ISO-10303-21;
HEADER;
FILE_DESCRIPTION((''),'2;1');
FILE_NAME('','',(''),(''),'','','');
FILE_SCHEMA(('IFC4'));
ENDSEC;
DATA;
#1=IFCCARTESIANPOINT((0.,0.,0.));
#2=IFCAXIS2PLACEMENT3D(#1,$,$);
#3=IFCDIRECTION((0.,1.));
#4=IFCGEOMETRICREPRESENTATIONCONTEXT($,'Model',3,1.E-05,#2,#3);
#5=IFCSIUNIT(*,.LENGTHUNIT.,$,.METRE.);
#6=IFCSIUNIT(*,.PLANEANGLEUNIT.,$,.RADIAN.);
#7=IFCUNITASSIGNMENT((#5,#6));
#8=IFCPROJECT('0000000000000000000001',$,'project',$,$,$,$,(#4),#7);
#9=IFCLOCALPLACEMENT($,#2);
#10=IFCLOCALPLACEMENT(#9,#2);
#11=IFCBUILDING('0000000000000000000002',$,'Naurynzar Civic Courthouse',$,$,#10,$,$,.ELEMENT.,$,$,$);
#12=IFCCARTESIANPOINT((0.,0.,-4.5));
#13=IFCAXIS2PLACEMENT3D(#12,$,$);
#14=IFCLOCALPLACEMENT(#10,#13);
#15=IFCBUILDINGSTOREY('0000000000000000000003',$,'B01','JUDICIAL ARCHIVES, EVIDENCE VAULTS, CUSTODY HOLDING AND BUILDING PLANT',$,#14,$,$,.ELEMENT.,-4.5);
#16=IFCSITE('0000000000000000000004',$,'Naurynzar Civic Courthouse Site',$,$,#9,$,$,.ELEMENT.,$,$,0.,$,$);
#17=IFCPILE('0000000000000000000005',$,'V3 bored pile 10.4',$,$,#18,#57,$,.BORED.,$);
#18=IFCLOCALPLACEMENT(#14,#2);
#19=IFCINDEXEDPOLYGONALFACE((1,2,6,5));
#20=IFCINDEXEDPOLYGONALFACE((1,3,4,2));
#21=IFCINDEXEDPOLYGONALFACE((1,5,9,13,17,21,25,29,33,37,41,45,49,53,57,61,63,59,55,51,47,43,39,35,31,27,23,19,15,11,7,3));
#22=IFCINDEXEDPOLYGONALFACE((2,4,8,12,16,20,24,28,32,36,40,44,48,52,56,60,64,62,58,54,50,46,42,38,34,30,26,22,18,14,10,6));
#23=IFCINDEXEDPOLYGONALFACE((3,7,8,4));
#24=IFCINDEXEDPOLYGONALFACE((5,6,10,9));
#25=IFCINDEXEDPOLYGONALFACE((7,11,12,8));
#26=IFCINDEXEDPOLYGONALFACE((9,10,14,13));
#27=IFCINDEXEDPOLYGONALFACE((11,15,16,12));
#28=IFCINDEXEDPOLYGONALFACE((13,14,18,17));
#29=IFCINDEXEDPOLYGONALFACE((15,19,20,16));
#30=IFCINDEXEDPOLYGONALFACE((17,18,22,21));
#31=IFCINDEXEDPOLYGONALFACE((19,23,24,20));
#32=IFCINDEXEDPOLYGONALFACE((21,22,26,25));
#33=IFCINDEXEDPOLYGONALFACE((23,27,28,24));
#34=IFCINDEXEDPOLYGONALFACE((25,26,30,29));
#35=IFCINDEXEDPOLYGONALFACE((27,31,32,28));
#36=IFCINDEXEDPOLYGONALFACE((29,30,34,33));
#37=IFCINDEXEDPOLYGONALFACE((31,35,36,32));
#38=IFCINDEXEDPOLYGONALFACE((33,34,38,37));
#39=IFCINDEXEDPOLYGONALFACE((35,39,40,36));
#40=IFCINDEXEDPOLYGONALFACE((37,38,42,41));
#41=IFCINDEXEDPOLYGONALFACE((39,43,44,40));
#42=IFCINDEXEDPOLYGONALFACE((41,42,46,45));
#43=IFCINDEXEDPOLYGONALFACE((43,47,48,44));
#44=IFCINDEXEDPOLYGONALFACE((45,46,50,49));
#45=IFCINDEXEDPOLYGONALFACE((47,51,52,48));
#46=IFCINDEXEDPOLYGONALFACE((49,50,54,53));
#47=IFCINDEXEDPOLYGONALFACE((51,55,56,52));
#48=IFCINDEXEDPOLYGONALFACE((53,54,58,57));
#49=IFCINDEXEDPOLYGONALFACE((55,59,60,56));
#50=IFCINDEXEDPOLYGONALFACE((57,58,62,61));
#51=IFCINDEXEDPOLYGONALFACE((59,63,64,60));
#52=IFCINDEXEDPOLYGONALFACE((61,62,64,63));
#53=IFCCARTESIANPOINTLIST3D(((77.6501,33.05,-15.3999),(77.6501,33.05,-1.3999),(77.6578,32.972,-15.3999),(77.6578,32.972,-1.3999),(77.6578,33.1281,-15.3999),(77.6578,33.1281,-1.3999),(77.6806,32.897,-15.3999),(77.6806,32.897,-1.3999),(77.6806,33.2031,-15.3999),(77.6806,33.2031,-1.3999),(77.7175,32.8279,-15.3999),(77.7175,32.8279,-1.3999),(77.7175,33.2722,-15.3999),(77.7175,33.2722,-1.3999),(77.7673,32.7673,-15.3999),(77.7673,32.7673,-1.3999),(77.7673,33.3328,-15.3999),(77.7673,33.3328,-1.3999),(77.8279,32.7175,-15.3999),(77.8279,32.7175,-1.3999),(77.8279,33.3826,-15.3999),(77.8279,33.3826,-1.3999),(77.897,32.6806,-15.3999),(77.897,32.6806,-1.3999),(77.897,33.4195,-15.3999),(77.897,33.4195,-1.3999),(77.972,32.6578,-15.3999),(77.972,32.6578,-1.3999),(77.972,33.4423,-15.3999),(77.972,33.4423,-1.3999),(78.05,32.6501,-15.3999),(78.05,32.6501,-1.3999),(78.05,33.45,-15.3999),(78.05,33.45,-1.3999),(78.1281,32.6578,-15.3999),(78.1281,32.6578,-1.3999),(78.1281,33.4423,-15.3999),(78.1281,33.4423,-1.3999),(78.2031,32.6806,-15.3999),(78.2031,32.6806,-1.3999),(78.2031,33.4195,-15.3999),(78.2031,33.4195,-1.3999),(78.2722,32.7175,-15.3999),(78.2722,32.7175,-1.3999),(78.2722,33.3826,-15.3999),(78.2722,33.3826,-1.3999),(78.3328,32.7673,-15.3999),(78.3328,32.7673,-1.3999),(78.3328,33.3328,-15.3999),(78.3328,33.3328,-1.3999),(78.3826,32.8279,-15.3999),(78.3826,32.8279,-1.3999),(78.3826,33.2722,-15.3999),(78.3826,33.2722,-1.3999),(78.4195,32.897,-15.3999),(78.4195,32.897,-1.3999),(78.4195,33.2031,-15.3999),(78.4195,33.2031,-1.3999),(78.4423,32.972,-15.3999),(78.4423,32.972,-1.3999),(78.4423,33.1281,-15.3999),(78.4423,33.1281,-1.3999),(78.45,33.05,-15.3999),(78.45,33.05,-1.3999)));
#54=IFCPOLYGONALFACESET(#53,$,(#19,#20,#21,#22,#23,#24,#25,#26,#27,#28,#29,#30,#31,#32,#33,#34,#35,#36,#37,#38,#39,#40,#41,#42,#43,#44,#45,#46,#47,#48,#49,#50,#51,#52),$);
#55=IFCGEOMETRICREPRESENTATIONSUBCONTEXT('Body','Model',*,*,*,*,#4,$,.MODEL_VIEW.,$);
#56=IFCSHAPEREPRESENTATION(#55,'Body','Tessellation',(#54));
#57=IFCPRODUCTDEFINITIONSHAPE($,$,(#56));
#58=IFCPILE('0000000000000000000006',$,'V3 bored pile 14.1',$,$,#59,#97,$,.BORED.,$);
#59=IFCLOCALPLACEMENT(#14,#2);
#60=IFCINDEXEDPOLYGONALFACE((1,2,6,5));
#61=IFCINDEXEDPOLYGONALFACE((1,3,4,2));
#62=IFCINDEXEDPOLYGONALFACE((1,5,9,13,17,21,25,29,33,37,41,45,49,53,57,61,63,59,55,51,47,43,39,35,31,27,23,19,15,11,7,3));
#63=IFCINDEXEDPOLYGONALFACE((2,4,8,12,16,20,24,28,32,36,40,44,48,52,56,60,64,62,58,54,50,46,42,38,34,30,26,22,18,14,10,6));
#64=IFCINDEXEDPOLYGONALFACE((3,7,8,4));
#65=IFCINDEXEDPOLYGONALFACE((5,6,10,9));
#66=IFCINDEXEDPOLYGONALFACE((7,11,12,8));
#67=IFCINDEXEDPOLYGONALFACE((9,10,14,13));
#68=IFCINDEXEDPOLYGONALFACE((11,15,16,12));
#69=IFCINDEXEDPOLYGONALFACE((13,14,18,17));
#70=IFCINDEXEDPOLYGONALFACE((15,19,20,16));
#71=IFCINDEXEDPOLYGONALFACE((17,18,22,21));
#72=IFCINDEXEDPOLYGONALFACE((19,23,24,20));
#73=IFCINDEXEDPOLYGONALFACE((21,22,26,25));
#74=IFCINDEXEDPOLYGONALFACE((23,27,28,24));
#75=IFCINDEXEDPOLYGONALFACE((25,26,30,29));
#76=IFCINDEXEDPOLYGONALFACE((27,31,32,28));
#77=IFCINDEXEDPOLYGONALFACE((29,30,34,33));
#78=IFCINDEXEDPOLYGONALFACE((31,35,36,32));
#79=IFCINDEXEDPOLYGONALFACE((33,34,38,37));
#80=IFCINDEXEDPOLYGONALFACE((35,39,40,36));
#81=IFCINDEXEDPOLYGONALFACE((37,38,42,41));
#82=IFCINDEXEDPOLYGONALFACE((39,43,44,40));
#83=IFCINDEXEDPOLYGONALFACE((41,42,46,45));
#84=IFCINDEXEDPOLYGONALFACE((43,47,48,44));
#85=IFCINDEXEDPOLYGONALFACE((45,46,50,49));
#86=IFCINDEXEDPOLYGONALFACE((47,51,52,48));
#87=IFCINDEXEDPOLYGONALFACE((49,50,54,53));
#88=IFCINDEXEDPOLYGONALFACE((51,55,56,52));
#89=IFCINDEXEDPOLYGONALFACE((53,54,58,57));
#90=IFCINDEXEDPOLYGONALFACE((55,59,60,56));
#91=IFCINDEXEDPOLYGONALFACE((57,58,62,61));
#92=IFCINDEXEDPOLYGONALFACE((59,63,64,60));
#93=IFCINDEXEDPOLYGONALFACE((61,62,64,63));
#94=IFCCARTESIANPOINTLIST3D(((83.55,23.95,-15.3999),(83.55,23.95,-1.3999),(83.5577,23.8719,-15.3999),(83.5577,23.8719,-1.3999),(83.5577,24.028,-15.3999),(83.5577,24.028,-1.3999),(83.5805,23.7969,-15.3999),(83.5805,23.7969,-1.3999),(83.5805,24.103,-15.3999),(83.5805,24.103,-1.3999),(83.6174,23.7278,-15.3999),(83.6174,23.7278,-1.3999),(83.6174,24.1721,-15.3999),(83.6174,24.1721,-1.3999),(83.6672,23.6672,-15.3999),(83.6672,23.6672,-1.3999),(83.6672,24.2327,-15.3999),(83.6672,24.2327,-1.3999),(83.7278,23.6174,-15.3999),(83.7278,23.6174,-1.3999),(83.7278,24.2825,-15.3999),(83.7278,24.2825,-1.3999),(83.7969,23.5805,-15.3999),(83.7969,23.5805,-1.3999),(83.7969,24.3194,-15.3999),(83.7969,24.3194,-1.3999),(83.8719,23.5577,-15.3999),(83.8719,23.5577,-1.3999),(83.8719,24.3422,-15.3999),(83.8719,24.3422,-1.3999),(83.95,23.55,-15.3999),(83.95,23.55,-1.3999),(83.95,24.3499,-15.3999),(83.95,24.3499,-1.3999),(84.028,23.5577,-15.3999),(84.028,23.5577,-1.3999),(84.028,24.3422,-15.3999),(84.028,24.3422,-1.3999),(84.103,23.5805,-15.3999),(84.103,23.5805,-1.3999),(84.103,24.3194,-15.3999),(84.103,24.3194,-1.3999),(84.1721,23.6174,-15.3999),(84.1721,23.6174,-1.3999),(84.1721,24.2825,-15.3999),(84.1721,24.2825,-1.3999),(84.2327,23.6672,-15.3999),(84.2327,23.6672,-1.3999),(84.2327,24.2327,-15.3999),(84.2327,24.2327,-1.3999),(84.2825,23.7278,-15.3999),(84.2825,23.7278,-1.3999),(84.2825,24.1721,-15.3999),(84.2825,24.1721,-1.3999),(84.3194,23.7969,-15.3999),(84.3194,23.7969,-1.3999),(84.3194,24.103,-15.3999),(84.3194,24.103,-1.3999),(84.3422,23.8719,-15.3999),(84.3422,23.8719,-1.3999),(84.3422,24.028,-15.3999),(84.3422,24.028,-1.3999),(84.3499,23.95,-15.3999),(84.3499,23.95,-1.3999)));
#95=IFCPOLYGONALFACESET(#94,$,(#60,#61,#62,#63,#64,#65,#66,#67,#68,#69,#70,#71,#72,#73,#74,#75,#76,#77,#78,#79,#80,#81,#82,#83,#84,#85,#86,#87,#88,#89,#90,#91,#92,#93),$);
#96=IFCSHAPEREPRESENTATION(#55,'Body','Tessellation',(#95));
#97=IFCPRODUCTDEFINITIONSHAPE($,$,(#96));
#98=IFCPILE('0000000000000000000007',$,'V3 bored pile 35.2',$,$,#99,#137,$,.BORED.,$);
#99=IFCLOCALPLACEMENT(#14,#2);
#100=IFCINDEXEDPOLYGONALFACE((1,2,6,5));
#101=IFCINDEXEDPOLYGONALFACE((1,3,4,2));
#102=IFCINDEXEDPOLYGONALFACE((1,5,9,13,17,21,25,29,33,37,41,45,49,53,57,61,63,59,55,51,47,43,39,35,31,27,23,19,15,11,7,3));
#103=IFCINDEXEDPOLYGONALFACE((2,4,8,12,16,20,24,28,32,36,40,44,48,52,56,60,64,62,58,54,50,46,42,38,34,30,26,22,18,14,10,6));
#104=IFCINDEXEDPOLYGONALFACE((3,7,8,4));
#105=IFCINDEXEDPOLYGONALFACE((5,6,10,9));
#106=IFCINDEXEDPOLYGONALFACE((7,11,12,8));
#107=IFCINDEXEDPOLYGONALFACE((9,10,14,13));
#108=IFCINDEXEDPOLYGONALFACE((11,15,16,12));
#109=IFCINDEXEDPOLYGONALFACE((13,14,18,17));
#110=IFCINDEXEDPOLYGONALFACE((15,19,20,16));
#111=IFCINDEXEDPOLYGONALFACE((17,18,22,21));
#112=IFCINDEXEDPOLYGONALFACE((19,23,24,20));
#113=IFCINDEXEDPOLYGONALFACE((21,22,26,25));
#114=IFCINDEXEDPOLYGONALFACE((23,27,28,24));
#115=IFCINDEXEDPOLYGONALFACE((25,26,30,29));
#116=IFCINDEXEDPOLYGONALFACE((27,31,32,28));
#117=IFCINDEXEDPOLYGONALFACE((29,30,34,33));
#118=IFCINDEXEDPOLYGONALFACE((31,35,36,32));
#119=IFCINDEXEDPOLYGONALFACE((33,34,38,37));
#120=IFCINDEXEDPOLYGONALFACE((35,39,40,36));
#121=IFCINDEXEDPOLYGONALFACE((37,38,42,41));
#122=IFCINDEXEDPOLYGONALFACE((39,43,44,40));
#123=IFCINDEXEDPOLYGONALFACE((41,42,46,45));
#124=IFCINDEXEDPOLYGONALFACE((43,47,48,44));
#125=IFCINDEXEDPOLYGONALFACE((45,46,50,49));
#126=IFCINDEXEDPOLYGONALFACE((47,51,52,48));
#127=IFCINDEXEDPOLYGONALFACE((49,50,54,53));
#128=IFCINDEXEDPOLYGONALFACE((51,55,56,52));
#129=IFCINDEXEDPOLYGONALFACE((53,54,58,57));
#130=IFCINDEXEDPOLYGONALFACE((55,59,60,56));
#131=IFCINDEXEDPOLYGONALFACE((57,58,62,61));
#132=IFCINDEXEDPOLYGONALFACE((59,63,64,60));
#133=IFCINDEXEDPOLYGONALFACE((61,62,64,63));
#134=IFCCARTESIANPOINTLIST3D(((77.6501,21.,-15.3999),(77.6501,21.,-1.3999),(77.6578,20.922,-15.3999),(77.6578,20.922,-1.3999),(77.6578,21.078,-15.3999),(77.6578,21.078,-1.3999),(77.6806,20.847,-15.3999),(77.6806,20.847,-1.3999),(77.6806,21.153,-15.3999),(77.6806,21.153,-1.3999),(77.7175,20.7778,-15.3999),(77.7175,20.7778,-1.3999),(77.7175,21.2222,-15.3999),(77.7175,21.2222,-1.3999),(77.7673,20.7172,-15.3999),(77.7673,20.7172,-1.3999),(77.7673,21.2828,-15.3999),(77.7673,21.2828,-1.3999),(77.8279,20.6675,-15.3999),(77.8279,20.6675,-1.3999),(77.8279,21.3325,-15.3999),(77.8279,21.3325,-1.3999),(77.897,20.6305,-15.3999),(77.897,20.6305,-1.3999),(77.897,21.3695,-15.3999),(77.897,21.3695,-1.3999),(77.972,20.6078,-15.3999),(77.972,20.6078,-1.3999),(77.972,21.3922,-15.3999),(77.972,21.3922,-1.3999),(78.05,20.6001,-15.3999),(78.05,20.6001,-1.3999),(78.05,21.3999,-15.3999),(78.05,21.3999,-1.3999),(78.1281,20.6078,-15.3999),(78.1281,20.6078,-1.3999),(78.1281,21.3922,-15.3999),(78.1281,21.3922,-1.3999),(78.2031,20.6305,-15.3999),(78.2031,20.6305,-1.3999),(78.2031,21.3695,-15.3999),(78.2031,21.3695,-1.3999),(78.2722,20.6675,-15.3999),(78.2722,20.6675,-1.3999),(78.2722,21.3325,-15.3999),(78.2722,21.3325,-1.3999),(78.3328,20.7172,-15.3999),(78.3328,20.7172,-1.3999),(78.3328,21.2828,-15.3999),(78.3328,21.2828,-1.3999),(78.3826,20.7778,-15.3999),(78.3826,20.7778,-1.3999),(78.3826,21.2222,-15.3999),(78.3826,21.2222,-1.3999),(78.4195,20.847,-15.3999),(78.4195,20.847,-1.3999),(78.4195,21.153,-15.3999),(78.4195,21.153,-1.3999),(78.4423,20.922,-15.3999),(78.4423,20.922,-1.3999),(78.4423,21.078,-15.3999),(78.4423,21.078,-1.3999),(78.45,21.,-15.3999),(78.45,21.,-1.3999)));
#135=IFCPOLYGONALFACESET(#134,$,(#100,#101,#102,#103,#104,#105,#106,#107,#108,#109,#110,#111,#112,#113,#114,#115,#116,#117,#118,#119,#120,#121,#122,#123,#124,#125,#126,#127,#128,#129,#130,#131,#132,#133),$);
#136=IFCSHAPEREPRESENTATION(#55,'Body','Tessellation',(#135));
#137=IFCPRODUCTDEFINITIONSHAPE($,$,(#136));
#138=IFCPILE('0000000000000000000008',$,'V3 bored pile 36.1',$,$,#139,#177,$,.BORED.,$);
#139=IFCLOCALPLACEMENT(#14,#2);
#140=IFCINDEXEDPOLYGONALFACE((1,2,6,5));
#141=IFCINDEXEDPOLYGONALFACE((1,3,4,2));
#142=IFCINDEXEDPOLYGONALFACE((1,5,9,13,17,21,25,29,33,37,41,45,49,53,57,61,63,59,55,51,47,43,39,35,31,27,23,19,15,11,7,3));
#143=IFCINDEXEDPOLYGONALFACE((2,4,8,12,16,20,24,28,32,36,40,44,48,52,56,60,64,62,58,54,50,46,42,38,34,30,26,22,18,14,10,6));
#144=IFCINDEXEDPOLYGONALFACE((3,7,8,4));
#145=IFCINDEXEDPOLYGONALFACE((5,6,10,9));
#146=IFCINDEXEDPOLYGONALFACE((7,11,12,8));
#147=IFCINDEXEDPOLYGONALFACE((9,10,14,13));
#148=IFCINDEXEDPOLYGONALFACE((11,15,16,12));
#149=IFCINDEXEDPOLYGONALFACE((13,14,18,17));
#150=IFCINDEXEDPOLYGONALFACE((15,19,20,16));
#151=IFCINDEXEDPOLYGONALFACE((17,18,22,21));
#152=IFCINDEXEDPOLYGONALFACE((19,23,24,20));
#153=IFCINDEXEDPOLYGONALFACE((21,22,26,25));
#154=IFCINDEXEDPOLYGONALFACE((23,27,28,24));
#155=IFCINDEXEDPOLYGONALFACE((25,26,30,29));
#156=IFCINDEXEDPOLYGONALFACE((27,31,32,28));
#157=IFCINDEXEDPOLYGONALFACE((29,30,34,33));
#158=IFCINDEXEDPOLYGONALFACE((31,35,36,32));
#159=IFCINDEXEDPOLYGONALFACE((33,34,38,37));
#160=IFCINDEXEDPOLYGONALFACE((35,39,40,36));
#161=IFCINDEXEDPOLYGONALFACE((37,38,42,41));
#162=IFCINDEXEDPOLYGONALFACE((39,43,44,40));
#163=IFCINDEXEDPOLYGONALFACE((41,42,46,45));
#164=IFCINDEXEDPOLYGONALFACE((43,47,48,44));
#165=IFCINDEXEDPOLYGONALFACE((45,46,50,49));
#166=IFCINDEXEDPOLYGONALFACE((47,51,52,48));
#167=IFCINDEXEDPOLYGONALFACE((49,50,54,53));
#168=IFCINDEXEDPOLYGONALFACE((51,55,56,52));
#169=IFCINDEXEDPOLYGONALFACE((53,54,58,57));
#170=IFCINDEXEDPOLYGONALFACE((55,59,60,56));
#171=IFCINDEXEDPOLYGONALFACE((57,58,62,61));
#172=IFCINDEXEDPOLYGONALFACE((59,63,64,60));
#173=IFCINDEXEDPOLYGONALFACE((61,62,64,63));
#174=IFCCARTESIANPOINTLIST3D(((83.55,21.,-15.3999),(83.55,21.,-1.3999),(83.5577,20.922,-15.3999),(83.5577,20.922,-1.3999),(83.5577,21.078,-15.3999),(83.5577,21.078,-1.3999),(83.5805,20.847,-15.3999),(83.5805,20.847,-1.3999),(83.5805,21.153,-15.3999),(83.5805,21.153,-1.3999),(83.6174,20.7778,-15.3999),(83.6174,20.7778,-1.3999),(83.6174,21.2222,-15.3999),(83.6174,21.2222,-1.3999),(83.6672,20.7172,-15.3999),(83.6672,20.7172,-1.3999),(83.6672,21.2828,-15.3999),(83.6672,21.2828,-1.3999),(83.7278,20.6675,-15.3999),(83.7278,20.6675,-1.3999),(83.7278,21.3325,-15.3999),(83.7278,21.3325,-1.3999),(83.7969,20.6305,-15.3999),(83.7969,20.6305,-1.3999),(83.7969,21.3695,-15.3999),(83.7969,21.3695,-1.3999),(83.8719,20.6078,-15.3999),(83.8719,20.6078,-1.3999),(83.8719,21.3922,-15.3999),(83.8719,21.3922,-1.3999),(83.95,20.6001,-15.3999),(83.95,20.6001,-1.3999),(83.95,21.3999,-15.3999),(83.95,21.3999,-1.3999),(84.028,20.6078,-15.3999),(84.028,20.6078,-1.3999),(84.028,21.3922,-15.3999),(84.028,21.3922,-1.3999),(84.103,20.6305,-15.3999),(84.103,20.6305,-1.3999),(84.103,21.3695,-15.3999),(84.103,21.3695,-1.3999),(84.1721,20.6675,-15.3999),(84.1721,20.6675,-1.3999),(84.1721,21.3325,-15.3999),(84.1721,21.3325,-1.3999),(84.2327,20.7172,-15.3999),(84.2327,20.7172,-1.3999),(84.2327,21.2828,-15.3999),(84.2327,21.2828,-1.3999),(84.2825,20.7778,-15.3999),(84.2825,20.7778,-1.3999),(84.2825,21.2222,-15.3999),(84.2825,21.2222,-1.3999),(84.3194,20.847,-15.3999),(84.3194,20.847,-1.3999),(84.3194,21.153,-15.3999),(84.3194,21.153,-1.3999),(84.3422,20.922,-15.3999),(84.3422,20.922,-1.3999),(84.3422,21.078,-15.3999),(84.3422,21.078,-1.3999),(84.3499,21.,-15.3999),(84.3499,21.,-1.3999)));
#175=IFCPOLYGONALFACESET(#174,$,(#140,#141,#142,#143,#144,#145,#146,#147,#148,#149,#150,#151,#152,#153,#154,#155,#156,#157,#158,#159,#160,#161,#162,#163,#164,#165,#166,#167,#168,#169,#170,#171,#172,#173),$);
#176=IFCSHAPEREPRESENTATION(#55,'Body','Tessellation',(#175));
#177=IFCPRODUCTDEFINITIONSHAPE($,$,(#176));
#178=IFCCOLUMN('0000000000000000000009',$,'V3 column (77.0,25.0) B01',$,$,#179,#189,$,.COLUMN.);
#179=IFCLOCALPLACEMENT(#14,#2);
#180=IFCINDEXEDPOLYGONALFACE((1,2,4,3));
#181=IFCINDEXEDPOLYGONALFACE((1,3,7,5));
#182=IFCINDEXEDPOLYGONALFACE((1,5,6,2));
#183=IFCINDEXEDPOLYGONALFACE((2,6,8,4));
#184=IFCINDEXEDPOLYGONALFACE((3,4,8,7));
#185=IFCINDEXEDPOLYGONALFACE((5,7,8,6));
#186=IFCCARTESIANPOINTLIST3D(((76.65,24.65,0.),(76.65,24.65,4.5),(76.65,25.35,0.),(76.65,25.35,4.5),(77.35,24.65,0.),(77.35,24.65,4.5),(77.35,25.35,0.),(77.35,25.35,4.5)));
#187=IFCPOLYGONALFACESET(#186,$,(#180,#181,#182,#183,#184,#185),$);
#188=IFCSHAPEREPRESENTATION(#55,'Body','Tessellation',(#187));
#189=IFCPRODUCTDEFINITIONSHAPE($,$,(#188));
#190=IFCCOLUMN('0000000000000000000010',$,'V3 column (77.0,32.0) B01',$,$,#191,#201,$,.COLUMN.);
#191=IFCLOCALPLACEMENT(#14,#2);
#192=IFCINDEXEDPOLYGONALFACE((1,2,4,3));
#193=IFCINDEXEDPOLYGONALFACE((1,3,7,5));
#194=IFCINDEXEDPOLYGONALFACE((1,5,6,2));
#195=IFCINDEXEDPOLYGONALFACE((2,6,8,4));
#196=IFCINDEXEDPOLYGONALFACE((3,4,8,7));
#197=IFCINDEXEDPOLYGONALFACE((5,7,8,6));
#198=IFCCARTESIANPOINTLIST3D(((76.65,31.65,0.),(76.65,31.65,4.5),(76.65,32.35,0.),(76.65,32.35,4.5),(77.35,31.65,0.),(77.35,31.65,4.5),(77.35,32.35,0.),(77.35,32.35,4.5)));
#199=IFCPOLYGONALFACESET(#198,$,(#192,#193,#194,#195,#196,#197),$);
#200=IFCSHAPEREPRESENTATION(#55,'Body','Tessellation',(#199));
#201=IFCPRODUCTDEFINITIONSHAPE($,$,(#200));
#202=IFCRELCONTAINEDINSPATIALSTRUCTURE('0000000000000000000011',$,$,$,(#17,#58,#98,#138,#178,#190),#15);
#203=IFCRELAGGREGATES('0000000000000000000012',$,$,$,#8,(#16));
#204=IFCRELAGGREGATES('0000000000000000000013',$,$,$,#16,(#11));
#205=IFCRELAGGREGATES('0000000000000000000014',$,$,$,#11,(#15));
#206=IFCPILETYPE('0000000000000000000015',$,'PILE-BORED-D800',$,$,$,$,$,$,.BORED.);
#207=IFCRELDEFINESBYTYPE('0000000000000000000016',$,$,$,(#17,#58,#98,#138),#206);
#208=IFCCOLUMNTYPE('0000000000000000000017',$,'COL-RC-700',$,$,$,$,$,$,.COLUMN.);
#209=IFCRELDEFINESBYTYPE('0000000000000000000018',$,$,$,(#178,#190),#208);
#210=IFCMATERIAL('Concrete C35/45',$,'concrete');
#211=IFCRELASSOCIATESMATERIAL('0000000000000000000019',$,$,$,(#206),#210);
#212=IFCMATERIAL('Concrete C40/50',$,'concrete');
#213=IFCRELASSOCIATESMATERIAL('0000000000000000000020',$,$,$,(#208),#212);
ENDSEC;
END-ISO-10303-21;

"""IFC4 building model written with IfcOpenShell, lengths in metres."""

from ifc_helpers import new_model, si_unit, direction, frame, origin, origin_2d, place, context, subcontext, project, spatial, rectangle, circle, extrude, material, material_profile, profile_set, type_object, element, save


model = new_model("IFC4")

# Units and contexts
model_context = context("Model", 3, precision=1e-05, world=origin(), true_north=direction((0.0, 1.0)))
body_context = subcontext(model_context, "Body", "Model", "MODEL_VIEW")
ifc_project = project(units=[si_unit("LENGTHUNIT", "METRE"), si_unit("PLANEANGLEUNIT", "RADIAN")], contexts=[model_context])

# Site, building, storey
site_placement = place(None, origin())
site = spatial("IfcSite", under=ifc_project, at=site_placement, Name="Naurynzar Civic Courthouse Site", CompositionType="ELEMENT", RefElevation=0.0)
building_placement = place(site_placement, origin())
building = spatial("IfcBuilding", under=site, at=building_placement, Name="Naurynzar Civic Courthouse", CompositionType="ELEMENT")
storey_placement = place(building_placement, frame((0.0, 0.0, -4.5)))
storey = spatial("IfcBuildingStorey", under=building, at=storey_placement, Name="B01", Description="JUDICIAL ARCHIVES, EVIDENCE VAULTS, CUSTODY HOLDING AND BUILDING PLANT", CompositionType="ELEMENT", Elevation=-4.5)

# Piles
ifc_material_1 = material(Name="Concrete C35/45", Category="concrete")
ifc_material_profile_1 = material_profile(ifc_material_1, circle(Radius=0.3999, at=origin_2d()), Name="PILE D800")
ifc_profile_set_1 = profile_set([ifc_material_profile_1], Name="Concrete C35/45")
pile_type = type_object("IfcPileType", Name="PILE-BORED-D800", PredefinedType="BORED", material=ifc_profile_set_1)
for number, where, z_axis, x_axis, name in (
    (1, (78.05, 33.05, -1.3999), (0.0, 0.0, -1.0), (1.0, 0.0, 0.0), "V3 bored pile 10.4"),
    (2, (83.95, 23.95, -1.3999), (0.0, 0.0, -1.0), (1.0, 0.0, 0.0), "V3 bored pile 14.1"),
    (3, (78.05, 21.0, -1.3999), (0.0, 0.0, -1.0), (1.0, 0.0, 0.0), "V3 bored pile 35.2"),
    (4, (83.95, 21.0, -1.3999), (0.0, 0.0, -1.0), (1.0, 0.0, 0.0), "V3 bored pile 36.1"),
):
    element("IfcPile", number, at=place(storey_placement, frame(where, z_axis=z_axis, x_axis=x_axis)), inside=storey, type_object=pile_type, Name=name, PredefinedType="BORED", context=body_context, shape_type="SweptSolid", body=[
        extrude(circle(Radius=0.3999, at=origin_2d()), origin(), (0.0, 0.0, 1.0), 14.0),
    ])

# Columns
ifc_material_2 = material(Name="Concrete C40/50", Category="concrete")
ifc_material_profile_2 = material_profile(ifc_material_2, rectangle(XDim=0.7, YDim=0.7, at=origin_2d()), Name="RC 700x700")
ifc_profile_set_2 = profile_set([ifc_material_profile_2], Name="Concrete C40/50")
column_type = type_object("IfcColumnType", Name="COL-RC-700", PredefinedType="COLUMN", material=ifc_profile_set_2)
for number, where, z_axis, x_axis, name in (
    (5, (77.0, 25.0, 0.0), (0.0, 0.0, 1.0), (1.0, 0.0, 0.0), "V3 column (77.0,25.0) B01"),
    (6, (77.0, 32.0, 0.0), (0.0, 0.0, 1.0), (1.0, 0.0, 0.0), "V3 column (77.0,32.0) B01"),
):
    element("IfcColumn", number, at=place(storey_placement, frame(where, z_axis=z_axis, x_axis=x_axis)), inside=storey, type_object=column_type, Name=name, PredefinedType="COLUMN", context=body_context, shape_type="SweptSolid", body=[
        extrude(rectangle(XDim=0.7, YDim=0.7, at=origin_2d()), origin(), (0.0, 0.0, 1.0), 4.5),
    ])

save(model, "model.ifc")
